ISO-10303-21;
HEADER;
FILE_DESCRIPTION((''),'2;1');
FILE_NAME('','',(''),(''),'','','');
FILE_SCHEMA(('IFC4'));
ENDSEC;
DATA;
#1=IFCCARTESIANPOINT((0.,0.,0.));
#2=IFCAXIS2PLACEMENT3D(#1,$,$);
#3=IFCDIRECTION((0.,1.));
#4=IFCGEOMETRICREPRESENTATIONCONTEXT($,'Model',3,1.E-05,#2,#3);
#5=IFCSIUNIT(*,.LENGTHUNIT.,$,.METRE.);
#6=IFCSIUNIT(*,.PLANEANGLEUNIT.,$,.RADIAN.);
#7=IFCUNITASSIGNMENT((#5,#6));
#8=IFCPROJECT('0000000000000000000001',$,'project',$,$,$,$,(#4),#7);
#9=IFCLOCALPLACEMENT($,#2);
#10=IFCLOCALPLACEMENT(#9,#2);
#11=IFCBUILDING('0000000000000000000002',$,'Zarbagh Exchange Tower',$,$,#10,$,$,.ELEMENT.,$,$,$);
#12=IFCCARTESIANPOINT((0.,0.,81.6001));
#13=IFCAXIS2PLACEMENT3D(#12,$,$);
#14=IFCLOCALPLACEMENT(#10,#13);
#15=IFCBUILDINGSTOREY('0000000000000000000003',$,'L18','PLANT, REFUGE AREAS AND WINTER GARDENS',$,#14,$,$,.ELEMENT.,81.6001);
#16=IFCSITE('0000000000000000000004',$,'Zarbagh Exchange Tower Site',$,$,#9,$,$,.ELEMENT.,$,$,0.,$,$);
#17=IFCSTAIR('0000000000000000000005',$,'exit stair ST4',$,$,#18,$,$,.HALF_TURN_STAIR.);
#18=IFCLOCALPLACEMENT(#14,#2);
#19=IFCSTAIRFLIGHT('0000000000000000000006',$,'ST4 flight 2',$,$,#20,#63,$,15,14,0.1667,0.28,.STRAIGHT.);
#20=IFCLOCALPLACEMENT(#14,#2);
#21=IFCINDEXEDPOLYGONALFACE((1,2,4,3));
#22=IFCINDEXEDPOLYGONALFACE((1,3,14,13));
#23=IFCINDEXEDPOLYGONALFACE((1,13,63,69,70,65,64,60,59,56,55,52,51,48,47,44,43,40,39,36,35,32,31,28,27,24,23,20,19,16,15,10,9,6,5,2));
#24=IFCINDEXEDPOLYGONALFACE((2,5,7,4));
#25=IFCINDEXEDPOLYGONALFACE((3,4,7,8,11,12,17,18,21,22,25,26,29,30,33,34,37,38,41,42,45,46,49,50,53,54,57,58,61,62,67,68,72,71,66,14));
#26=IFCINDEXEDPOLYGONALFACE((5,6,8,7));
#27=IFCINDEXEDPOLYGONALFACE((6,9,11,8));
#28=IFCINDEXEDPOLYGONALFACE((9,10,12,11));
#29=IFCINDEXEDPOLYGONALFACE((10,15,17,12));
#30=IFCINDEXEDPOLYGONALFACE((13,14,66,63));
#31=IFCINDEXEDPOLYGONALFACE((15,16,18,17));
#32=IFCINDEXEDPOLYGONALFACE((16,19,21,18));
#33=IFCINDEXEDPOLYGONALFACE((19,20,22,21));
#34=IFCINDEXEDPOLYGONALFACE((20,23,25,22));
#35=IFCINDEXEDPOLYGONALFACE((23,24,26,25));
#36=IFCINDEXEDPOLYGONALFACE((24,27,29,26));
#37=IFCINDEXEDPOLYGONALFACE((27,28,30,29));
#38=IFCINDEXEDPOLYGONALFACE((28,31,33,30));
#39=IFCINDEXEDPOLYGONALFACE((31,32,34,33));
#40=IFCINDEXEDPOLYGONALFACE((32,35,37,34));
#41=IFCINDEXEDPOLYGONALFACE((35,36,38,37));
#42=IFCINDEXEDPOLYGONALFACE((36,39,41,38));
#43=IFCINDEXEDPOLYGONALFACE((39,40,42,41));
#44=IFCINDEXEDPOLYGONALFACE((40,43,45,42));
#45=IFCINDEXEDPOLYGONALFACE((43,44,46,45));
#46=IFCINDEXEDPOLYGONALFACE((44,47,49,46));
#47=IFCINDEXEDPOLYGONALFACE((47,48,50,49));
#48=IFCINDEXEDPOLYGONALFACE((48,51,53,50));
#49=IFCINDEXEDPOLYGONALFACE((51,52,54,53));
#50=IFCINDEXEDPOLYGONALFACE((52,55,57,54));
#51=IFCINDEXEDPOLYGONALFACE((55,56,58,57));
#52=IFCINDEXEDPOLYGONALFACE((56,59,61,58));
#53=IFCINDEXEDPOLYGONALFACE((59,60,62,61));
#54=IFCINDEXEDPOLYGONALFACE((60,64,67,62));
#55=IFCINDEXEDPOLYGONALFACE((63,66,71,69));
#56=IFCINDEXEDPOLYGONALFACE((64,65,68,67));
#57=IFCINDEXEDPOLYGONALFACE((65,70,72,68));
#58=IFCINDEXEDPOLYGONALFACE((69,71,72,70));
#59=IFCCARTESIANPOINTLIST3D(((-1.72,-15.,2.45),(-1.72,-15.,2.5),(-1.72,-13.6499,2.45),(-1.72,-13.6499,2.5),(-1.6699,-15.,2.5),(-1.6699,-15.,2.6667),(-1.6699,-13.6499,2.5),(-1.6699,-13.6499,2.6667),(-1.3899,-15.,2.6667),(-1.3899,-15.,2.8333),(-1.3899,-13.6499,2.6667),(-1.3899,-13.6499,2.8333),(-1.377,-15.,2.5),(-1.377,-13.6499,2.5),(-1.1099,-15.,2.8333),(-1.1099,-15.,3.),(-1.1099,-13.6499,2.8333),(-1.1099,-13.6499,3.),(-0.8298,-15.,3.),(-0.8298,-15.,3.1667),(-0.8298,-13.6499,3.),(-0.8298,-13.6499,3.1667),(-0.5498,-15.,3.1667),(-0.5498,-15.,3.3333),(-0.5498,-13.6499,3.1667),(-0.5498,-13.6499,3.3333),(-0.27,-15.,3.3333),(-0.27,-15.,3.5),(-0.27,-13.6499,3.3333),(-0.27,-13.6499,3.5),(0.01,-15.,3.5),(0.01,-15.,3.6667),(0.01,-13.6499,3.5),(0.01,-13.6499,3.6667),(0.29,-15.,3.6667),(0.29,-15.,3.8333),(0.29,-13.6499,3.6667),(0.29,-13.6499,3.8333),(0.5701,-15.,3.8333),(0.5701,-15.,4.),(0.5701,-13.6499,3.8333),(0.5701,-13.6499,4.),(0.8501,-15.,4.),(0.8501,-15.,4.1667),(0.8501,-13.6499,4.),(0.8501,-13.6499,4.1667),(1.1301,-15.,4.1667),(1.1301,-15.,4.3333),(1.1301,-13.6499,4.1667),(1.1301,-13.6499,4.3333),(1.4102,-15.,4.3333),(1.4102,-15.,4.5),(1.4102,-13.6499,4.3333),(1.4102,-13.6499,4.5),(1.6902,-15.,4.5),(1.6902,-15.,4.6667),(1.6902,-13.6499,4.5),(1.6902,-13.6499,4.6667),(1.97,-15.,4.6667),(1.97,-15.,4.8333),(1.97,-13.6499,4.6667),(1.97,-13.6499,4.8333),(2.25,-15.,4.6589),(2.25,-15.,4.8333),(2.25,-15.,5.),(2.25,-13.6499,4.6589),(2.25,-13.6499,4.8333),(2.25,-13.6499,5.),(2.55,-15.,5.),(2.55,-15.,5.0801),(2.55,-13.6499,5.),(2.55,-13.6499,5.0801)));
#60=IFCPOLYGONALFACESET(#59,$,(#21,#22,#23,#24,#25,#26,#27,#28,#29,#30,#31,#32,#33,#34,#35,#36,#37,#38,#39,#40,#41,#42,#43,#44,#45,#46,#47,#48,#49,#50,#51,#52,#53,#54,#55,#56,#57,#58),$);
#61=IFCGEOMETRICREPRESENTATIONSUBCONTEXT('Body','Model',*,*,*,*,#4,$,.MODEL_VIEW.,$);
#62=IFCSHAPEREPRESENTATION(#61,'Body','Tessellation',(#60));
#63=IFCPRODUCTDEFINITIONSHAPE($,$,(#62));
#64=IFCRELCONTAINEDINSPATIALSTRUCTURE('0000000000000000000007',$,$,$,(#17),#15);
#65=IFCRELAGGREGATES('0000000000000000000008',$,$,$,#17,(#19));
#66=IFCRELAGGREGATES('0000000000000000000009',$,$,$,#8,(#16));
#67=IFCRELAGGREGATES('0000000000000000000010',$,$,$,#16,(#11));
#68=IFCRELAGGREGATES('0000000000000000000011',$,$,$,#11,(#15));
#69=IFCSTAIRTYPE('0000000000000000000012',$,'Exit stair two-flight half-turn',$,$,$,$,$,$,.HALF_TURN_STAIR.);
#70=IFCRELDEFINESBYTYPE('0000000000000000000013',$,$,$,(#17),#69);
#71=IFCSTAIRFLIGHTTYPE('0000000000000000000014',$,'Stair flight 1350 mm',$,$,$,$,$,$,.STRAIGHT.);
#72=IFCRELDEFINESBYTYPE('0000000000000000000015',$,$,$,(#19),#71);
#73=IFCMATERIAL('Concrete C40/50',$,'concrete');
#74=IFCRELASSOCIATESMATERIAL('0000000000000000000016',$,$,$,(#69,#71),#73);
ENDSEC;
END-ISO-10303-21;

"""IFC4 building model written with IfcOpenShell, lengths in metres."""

from ifc_helpers import new_model, si_unit, direction, frame, origin, place, context, subcontext, project, spatial, polyline, outline, extrude, material, type_object, element, aggregate, save


model = new_model("IFC4")

# Units and contexts
model_context = context("Model", 3, precision=1e-05, world=origin(), true_north=direction((0.0, 1.0)))
body_context = subcontext(model_context, "Body", "Model", "MODEL_VIEW")
ifc_project = project(units=[si_unit("LENGTHUNIT", "METRE"), si_unit("PLANEANGLEUNIT", "RADIAN")], contexts=[model_context])

# Site, building, storey
site_placement = place(None, origin())
site = spatial("IfcSite", under=ifc_project, at=site_placement, Name="Zarbagh Exchange Tower Site", CompositionType="ELEMENT", RefElevation=0.0)
building_placement = place(site_placement, origin())
building = spatial("IfcBuilding", under=site, at=building_placement, Name="Zarbagh Exchange Tower", CompositionType="ELEMENT")
storey_placement = place(building_placement, frame((0.0, 0.0, 81.6001)))
storey = spatial("IfcBuildingStorey", under=building, at=storey_placement, Name="L18", Description="PLANT, REFUGE AREAS AND WINTER GARDENS", CompositionType="ELEMENT", Elevation=81.6001)

# Stair, stair flight
ifc_material_1 = material(Name="Concrete C40/50", Category="concrete")
stair_type = type_object("IfcStairType", Name="Exit stair two-flight half-turn", PredefinedType="HALF_TURN_STAIR", material=ifc_material_1)
stair_flight_type = type_object("IfcStairFlightType", Name="Stair flight 1350 mm", PredefinedType="STRAIGHT", material=ifc_material_1)
stair_1_placement = place(storey_placement, origin())
stair_1 = element("IfcStair", 1, at=stair_1_placement, inside=storey, type_object=stair_type, Name="exit stair ST4", PredefinedType="HALF_TURN_STAIR")
stair_flight_1_placement = place(storey_placement, frame((-1.6699, -14.325, 2.5), z_axis=(0.0, 0.0, 1.0), x_axis=(1.0, 0.0, 0.0)))
stair_flight_1 = element("IfcStairFlight", 2, at=stair_flight_1_placement, type_object=stair_flight_type, Name="ST4 flight 2", NumberOfRisers=15, NumberOfTreads=14, PredefinedType="STRAIGHT", RiserHeight=0.1667, TreadLength=0.28, context=body_context, shape_type="SweptSolid", body=[
    extrude(outline(polyline([(-0.05, -0.05), (-0.05, 0.0), (0.0, 0.0), (0.0, 0.1667), (0.28, 0.1667), (0.28, 0.3333), (0.5601, 0.3333), (0.5601, 0.5), (0.8401, 0.5), (0.8401, 0.6667), (1.1201, 0.6667), (1.1201, 0.8333), (1.3999, 0.8333), (1.3999, 1.0), (1.6799, 1.0), (1.6799, 1.1667), (1.96, 1.1667), (1.96, 1.3333), (2.24, 1.3333), (2.24, 1.5), (2.52, 1.5), (2.52, 1.6667), (2.8, 1.6667), (2.8, 1.8333), (3.0801, 1.8333), (3.0801, 2.0), (3.3601, 2.0), (3.3601, 2.1667), (3.6399, 2.1667), (3.6399, 2.3333), (3.9199, 2.3333), (3.9199, 2.5), (4.22, 2.5801), (4.22, 2.5), (3.9199, 2.1589), (0.293, 0.0), (-0.05, -0.05)])), frame((0.0, 0.675, 0.0), z_axis=(0.0, -1.0, 0.0), x_axis=(1.0, 0.0, 0.0)), (0.0, 0.0, 1.0), 1.3501),
])
aggregate(stair_1, [stair_flight_1])

save(model, "model.ifc")
